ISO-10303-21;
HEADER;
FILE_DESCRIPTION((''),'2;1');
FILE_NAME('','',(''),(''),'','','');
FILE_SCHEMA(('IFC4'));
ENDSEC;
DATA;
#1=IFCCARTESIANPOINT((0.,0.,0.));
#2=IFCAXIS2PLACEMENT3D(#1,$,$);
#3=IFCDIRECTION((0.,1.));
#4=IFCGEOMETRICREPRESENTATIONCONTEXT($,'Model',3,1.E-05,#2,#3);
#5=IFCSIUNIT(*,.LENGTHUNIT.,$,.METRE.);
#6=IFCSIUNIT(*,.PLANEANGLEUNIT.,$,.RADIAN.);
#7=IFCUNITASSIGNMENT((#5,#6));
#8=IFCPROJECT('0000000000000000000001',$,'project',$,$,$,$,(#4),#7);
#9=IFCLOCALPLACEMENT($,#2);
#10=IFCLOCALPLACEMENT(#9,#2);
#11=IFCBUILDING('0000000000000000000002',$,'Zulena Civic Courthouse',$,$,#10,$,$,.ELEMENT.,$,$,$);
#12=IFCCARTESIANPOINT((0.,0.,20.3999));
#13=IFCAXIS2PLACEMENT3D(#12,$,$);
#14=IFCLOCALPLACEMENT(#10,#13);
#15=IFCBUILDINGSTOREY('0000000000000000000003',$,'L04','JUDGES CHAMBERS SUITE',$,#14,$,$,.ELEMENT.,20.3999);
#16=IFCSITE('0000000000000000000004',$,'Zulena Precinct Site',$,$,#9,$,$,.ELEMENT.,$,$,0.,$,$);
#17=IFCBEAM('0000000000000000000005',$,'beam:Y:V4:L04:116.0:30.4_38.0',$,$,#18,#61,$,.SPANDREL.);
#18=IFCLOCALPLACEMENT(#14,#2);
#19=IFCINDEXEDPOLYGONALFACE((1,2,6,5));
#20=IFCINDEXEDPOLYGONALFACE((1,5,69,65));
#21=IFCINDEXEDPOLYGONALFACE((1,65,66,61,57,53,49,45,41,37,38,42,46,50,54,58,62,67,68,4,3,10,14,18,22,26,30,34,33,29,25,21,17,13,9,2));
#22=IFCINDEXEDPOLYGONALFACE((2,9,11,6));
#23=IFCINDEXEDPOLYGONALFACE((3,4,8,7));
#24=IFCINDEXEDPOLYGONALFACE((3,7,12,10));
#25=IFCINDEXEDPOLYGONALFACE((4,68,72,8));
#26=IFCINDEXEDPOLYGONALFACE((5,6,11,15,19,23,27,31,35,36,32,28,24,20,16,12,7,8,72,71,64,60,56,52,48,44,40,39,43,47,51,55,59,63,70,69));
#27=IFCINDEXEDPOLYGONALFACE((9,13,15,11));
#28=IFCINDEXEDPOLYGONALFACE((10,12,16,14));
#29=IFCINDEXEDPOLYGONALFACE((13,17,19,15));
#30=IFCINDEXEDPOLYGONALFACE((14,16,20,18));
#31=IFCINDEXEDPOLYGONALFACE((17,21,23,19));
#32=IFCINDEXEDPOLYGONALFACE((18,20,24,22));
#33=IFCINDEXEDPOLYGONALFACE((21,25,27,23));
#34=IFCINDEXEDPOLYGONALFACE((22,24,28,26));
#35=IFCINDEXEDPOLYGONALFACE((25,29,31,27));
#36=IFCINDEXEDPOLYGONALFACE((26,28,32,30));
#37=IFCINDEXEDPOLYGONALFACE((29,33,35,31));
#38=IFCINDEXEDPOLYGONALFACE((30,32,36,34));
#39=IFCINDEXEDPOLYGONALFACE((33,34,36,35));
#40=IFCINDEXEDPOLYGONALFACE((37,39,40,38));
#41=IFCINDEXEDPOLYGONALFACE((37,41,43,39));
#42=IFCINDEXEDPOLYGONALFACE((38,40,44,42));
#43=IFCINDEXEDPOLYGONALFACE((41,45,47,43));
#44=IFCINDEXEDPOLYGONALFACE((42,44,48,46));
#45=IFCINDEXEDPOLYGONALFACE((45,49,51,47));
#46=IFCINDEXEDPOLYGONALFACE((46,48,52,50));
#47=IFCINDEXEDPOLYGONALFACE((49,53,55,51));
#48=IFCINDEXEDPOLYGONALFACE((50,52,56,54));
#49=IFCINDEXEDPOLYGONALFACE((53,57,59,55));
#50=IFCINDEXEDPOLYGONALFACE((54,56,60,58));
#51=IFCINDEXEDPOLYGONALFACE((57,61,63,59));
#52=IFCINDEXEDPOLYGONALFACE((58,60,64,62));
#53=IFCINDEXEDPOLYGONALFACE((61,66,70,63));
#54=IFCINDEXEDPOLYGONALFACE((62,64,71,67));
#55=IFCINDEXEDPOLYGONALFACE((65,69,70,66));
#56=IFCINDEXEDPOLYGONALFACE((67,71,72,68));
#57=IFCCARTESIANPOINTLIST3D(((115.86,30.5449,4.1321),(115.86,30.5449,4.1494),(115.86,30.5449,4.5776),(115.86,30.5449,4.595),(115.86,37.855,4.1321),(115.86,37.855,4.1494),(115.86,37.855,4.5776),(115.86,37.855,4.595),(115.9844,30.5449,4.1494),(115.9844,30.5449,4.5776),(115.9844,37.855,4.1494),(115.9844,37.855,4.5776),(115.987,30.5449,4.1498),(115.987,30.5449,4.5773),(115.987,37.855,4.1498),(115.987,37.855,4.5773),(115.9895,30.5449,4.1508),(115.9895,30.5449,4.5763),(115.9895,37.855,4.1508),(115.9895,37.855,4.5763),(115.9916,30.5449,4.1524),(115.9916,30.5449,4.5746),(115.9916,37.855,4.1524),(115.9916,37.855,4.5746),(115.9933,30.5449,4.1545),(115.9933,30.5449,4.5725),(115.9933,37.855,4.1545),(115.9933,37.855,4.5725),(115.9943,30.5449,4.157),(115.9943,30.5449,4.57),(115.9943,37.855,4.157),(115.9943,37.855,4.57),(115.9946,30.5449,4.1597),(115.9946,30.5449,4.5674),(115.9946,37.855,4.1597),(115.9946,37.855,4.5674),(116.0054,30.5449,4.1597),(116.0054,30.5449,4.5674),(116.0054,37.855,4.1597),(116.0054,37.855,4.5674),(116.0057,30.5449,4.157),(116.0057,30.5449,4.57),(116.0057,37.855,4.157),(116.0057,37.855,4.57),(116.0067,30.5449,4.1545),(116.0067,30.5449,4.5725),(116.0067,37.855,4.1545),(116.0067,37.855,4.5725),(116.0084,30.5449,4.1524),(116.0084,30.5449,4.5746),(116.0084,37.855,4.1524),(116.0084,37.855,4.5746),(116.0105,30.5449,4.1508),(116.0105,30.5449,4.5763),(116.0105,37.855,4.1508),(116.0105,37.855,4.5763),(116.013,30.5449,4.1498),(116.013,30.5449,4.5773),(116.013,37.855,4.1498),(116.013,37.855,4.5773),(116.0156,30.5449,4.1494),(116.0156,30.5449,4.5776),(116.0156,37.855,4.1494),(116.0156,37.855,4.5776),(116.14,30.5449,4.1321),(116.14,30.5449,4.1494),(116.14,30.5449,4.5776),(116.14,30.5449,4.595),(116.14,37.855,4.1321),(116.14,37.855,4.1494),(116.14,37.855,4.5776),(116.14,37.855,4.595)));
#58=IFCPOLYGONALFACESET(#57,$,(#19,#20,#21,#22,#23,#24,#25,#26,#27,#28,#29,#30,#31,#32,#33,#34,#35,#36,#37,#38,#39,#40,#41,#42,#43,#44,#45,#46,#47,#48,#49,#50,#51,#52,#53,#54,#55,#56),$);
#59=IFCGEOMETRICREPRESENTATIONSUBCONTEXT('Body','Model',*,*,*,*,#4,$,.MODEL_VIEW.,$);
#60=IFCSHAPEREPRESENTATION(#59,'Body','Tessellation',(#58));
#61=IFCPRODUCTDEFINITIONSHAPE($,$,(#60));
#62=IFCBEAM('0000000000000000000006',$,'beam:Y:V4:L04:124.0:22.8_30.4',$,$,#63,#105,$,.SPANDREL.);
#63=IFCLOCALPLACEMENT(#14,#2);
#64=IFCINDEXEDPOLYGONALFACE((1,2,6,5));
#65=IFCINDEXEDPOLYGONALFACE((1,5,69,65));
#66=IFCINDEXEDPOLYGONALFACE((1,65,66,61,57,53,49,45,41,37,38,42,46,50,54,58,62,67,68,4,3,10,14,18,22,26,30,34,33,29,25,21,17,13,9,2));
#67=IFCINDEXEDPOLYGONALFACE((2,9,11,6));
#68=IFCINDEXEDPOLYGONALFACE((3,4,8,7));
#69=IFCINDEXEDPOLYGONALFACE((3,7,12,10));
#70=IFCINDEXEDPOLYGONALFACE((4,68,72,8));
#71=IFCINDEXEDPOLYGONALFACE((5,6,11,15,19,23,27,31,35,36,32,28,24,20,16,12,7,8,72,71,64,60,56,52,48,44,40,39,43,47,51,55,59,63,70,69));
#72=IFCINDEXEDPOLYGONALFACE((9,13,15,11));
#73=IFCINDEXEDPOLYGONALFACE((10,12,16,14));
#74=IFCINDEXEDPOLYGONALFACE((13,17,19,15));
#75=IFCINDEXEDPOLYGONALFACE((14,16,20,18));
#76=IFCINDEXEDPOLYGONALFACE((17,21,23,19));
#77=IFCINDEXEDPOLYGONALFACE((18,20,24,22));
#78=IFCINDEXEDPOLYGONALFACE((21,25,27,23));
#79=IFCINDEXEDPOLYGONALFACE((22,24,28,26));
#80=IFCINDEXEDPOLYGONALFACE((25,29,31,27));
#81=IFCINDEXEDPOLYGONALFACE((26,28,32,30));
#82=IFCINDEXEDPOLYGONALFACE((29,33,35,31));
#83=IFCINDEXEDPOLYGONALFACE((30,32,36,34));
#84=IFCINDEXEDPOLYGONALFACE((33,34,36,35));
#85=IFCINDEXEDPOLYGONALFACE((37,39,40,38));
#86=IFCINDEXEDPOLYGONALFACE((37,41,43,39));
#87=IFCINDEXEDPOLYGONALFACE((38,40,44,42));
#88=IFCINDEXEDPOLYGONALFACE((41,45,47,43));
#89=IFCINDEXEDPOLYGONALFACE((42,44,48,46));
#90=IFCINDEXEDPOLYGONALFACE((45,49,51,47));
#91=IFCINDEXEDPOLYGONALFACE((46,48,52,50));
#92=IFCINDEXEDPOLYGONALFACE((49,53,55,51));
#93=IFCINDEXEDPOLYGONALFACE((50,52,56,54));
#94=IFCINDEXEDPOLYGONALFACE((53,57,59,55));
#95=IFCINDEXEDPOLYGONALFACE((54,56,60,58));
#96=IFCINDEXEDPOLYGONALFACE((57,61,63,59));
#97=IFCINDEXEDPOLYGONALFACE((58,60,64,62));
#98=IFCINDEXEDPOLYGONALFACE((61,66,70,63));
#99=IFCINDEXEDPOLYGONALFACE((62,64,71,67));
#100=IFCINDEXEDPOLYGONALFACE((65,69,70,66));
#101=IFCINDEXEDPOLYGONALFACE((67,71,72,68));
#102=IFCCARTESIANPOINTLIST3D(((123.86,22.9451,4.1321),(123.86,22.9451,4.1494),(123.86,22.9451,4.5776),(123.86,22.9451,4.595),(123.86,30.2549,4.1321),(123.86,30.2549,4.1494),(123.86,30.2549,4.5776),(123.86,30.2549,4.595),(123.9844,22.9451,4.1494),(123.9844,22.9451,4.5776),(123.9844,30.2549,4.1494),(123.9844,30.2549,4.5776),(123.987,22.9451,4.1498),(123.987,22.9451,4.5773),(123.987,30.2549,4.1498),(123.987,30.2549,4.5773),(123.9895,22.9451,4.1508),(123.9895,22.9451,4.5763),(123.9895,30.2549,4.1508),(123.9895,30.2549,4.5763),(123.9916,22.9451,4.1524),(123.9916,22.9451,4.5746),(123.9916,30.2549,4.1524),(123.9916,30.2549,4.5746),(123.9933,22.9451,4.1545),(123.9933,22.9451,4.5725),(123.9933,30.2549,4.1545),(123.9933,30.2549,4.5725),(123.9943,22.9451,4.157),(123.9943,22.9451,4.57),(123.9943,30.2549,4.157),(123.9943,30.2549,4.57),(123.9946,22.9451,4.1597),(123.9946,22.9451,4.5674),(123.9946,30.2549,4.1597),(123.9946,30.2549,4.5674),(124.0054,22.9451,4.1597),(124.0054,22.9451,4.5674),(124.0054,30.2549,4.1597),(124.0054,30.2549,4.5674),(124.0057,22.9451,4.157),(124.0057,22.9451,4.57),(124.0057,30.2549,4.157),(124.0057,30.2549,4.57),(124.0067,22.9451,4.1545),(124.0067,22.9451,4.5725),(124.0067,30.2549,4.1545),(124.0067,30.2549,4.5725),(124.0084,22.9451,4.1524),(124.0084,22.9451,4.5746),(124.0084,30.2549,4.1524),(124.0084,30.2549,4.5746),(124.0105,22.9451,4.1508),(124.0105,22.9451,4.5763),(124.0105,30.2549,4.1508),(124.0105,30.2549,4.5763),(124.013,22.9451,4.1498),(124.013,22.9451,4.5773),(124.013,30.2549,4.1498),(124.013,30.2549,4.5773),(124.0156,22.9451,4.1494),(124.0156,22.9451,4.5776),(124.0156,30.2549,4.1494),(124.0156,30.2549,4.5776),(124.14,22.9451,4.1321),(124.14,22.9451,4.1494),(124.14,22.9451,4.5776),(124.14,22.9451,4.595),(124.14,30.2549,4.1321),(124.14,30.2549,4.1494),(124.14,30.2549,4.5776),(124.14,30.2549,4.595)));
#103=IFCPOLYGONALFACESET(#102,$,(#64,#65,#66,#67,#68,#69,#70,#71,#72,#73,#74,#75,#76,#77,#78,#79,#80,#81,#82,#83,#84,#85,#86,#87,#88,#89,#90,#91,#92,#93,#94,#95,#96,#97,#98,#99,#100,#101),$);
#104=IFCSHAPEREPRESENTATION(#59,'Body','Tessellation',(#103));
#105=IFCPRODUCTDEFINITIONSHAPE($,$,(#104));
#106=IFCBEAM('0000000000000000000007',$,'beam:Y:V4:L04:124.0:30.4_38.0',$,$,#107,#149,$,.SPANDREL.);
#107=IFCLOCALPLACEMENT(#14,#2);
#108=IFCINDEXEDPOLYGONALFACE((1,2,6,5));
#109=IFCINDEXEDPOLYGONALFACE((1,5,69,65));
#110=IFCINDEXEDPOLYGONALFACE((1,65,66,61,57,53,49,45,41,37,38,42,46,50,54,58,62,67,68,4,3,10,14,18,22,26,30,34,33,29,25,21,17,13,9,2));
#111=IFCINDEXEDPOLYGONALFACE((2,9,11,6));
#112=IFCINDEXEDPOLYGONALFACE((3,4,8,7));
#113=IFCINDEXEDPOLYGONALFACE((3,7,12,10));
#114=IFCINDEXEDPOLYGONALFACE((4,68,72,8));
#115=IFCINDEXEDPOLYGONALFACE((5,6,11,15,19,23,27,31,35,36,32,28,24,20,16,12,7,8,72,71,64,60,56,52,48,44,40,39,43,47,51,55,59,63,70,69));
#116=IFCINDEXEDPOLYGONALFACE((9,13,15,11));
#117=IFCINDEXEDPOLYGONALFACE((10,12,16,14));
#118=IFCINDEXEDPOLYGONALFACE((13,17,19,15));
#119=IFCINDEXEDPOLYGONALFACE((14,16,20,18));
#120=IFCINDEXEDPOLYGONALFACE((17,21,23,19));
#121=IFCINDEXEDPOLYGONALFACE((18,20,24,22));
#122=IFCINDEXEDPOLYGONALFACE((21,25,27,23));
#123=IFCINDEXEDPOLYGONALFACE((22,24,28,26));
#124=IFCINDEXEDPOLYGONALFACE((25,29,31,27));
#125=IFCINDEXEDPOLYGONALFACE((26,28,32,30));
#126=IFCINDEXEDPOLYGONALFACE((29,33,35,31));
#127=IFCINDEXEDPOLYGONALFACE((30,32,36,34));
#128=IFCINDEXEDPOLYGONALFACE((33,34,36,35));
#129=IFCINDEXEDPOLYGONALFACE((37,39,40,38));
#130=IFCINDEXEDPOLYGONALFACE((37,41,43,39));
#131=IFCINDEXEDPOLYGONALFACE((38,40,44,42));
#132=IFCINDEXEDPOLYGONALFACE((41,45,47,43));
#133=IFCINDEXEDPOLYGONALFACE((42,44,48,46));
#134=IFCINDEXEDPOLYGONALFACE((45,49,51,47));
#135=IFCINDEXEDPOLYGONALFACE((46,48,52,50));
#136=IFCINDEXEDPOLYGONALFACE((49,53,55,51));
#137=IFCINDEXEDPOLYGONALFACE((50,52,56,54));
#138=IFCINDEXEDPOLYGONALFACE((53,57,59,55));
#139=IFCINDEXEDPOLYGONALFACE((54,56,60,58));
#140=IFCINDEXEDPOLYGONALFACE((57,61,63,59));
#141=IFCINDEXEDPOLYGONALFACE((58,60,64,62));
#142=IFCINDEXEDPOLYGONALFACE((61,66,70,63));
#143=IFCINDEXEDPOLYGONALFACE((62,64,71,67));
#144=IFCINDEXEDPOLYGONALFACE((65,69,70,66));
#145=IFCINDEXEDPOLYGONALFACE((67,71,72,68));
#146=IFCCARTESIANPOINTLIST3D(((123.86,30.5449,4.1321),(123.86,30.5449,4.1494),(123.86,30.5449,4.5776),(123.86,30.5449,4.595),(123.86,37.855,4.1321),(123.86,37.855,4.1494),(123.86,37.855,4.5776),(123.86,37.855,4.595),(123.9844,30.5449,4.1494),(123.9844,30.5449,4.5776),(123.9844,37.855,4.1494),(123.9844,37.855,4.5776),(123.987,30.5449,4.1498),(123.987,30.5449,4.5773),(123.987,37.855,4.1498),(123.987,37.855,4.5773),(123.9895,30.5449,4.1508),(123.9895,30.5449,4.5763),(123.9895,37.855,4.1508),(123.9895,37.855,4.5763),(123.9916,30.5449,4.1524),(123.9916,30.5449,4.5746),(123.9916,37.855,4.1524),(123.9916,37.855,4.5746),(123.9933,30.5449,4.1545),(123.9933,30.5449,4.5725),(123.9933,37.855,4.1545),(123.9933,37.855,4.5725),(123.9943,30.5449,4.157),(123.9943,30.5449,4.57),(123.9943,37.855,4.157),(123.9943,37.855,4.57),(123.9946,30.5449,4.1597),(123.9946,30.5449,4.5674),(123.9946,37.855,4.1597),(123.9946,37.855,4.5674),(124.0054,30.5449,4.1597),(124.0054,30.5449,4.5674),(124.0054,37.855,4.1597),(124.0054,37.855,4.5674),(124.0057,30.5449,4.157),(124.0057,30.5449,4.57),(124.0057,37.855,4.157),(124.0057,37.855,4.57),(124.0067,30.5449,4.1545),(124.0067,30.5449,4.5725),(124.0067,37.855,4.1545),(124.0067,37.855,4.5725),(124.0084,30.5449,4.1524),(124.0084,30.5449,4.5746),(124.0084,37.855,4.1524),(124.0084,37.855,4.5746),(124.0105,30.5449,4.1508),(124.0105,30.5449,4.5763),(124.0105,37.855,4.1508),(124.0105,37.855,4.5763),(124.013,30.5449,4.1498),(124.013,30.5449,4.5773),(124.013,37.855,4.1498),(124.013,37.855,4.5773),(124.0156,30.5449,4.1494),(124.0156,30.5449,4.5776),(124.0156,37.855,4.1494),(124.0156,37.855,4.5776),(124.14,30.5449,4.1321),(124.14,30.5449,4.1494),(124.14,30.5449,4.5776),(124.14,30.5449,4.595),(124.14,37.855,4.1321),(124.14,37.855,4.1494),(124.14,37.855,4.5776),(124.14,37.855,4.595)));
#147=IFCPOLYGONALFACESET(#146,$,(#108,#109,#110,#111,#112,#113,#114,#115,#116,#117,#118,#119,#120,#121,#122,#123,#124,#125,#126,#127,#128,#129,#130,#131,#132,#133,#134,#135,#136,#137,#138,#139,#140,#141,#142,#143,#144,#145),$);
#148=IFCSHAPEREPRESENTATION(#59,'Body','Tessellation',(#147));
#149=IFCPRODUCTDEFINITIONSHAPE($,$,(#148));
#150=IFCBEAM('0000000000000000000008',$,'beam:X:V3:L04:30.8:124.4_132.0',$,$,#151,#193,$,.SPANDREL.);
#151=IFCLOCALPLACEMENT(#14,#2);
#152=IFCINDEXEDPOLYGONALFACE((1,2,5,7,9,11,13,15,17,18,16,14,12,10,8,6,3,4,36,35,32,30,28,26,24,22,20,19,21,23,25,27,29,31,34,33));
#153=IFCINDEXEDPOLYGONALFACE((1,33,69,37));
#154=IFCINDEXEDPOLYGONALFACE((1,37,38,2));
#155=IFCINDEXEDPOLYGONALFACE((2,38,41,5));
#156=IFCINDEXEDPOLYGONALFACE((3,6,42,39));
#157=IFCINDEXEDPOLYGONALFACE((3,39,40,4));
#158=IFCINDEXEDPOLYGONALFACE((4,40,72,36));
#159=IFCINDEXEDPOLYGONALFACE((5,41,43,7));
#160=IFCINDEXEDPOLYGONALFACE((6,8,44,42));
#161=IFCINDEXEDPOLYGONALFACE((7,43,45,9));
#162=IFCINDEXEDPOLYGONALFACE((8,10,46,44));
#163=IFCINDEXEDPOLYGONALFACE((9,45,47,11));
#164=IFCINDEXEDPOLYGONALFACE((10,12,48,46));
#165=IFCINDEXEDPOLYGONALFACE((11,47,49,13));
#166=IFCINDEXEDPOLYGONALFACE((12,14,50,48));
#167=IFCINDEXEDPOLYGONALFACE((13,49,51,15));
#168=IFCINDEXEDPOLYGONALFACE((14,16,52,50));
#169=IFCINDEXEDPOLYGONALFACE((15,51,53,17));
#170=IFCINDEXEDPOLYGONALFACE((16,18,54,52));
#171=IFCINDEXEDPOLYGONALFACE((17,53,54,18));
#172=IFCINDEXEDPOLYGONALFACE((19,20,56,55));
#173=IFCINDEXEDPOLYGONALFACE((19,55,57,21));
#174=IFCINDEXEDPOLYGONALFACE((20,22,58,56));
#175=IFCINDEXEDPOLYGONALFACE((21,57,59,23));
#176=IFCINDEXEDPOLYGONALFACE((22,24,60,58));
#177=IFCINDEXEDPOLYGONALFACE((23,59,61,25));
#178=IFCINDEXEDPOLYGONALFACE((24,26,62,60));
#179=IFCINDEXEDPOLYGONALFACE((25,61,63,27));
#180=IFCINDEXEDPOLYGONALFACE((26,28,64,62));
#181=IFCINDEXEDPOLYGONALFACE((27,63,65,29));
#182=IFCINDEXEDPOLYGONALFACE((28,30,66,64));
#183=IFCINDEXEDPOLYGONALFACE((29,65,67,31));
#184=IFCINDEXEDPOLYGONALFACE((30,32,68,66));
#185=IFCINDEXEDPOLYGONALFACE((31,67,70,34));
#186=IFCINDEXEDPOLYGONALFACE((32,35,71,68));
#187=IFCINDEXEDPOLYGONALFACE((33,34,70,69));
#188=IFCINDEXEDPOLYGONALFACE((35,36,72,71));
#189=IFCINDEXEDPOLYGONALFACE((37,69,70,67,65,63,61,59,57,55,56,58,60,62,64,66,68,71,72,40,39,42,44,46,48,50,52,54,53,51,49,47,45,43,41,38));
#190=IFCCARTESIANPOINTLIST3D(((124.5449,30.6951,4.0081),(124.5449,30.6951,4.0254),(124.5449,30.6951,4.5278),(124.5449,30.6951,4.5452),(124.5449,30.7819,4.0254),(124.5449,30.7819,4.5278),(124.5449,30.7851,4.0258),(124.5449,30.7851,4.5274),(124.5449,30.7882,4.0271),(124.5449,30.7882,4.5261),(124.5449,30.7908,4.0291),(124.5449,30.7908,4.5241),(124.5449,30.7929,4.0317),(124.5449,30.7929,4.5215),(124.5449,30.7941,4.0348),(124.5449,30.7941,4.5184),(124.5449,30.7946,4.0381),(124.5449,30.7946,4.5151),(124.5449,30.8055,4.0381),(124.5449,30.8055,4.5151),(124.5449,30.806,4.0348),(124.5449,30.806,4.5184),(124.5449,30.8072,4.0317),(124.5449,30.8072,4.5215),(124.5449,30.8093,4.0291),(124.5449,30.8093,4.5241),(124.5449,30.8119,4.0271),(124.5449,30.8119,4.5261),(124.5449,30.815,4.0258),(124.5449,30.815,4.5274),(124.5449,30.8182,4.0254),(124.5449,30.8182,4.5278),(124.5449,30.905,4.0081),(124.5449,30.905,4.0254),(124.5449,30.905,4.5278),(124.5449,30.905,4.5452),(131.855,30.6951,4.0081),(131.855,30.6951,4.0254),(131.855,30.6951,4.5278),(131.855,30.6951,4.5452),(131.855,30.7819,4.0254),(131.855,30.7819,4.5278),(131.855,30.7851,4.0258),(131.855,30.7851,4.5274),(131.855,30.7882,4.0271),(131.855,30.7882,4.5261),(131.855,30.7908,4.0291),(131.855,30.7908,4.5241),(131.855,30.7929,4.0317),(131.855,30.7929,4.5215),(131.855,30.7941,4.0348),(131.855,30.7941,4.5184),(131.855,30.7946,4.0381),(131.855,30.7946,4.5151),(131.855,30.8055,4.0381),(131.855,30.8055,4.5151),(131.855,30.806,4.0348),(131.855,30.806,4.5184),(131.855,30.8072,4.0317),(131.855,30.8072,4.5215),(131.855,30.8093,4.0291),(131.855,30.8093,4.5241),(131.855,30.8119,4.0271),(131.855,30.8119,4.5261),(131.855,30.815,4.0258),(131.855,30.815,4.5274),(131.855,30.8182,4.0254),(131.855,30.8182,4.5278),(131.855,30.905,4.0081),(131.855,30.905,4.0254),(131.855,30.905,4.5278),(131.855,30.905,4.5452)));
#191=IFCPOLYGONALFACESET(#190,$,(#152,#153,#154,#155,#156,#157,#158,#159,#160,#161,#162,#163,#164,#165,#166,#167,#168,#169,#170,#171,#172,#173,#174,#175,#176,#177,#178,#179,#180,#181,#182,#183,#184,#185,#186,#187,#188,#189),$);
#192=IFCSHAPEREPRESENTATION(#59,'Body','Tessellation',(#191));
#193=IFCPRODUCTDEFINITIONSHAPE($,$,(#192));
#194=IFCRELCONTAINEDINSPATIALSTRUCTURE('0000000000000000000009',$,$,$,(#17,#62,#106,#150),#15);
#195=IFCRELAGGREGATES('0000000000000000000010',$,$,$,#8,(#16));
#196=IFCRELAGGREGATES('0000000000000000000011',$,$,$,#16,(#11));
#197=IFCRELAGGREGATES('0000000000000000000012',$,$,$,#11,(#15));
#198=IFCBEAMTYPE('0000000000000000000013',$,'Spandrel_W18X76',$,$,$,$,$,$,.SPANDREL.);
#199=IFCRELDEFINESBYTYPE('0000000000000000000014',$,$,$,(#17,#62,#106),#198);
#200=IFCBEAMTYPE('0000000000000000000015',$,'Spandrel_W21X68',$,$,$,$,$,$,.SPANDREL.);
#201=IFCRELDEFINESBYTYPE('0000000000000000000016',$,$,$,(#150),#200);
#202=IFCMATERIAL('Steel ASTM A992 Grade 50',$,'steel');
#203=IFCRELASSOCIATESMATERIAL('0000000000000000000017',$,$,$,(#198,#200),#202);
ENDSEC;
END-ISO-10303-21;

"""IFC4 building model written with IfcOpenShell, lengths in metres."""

from ifc_helpers import new_model, si_unit, direction, frame, origin, origin_2d, place, context, subcontext, project, spatial, i_section, extrude, material, material_profile, profile_set, type_object, element, save


model = new_model("IFC4")

# Units and contexts
model_context = context("Model", 3, precision=1e-05, world=origin(), true_north=direction((0.0, 1.0)))
body_context = subcontext(model_context, "Body", "Model", "MODEL_VIEW")
ifc_project = project(units=[si_unit("LENGTHUNIT", "METRE"), si_unit("PLANEANGLEUNIT", "RADIAN")], contexts=[model_context])

# Site, building, storey
site_placement = place(None, origin())
site = spatial("IfcSite", under=ifc_project, at=site_placement, Name="Zulena Precinct Site", CompositionType="ELEMENT", RefElevation=0.0)
building_placement = place(site_placement, origin())
building = spatial("IfcBuilding", under=site, at=building_placement, Name="Zulena Civic Courthouse", CompositionType="ELEMENT")
storey_placement = place(building_placement, frame((0.0, 0.0, 20.3999)))
storey = spatial("IfcBuildingStorey", under=building, at=storey_placement, Name="L04", Description="JUDGES CHAMBERS SUITE", CompositionType="ELEMENT", Elevation=20.3999)

# Shared definitions
ifc_material_1 = material(Name="Steel ASTM A992 Grade 50", Category="steel")

# Beams
ifc_material_profile_1 = material_profile(ifc_material_1, i_section(OverallWidth=0.28, OverallDepth=0.4629, WebThickness=0.0107, FlangeThickness=0.0173, FilletRadius=0.0103, at=origin_2d()), Name="W18X76")
ifc_profile_set_1 = profile_set([ifc_material_profile_1], Name="Steel ASTM A992 Grade 50")
beam_type_1 = type_object("IfcBeamType", Name="Spandrel_W18X76", PredefinedType="SPANDREL", material=ifc_profile_set_1)
beam_1_placement = place(storey_placement, frame((116.0, 30.5449, 4.3635), z_axis=(0.0, 1.0, 0.0), x_axis=(-1.0, 0.0, 0.0)))
element("IfcBeam", 1, at=beam_1_placement, inside=storey, type_object=beam_type_1, Name="beam:Y:V4:L04:116.0:30.4_38.0", PredefinedType="SPANDREL", context=body_context, shape_type="SweptSolid", body=[
    extrude(i_section(OverallWidth=0.28, OverallDepth=0.4629, WebThickness=0.0107, FlangeThickness=0.0173, FilletRadius=0.0103, at=origin_2d()), origin(), (0.0, 0.0, 1.0), 7.3101),
])
beam_2_placement = place(storey_placement, frame((124.0, 22.9451, 4.3635), z_axis=(0.0, 1.0, 0.0), x_axis=(-1.0, 0.0, 0.0)))
element("IfcBeam", 2, at=beam_2_placement, inside=storey, type_object=beam_type_1, Name="beam:Y:V4:L04:124.0:22.8_30.4", PredefinedType="SPANDREL", context=body_context, shape_type="SweptSolid", body=[
    extrude(i_section(OverallWidth=0.28, OverallDepth=0.4629, WebThickness=0.0107, FlangeThickness=0.0173, FilletRadius=0.0103, at=origin_2d()), origin(), (0.0, 0.0, 1.0), 7.3098),
])
beam_3_placement = place(storey_placement, frame((124.0, 30.5449, 4.3635), z_axis=(0.0, 1.0, 0.0), x_axis=(-1.0, 0.0, 0.0)))
element("IfcBeam", 3, at=beam_3_placement, inside=storey, type_object=beam_type_1, Name="beam:Y:V4:L04:124.0:30.4_38.0", PredefinedType="SPANDREL", context=body_context, shape_type="SweptSolid", body=[
    extrude(i_section(OverallWidth=0.28, OverallDepth=0.4629, WebThickness=0.0107, FlangeThickness=0.0173, FilletRadius=0.0103, at=origin_2d()), origin(), (0.0, 0.0, 1.0), 7.3101),
])
ifc_material_profile_2 = material_profile(ifc_material_1, i_section(OverallWidth=0.21, OverallDepth=0.5371, WebThickness=0.011, FlangeThickness=0.0173, FilletRadius=0.0127, at=origin_2d()), Name="W21X68")
ifc_profile_set_2 = profile_set([ifc_material_profile_2], Name="Steel ASTM A992 Grade 50")
beam_type_2 = type_object("IfcBeamType", Name="Spandrel_W21X68", PredefinedType="SPANDREL", material=ifc_profile_set_2)
beam_4_placement = place(storey_placement, frame((124.5449, 30.8, 4.2766), z_axis=(1.0, 0.0, 0.0), x_axis=(0.0, 1.0, 0.0)))
element("IfcBeam", 4, at=beam_4_placement, inside=storey, type_object=beam_type_2, Name="beam:X:V3:L04:30.8:124.4_132.0", PredefinedType="SPANDREL", context=body_context, shape_type="SweptSolid", body=[
    extrude(i_section(OverallWidth=0.21, OverallDepth=0.5371, WebThickness=0.011, FlangeThickness=0.0173, FilletRadius=0.0127, at=origin_2d()), origin(), (0.0, 0.0, 1.0), 7.3101),
])

save(model, "model.ifc")
